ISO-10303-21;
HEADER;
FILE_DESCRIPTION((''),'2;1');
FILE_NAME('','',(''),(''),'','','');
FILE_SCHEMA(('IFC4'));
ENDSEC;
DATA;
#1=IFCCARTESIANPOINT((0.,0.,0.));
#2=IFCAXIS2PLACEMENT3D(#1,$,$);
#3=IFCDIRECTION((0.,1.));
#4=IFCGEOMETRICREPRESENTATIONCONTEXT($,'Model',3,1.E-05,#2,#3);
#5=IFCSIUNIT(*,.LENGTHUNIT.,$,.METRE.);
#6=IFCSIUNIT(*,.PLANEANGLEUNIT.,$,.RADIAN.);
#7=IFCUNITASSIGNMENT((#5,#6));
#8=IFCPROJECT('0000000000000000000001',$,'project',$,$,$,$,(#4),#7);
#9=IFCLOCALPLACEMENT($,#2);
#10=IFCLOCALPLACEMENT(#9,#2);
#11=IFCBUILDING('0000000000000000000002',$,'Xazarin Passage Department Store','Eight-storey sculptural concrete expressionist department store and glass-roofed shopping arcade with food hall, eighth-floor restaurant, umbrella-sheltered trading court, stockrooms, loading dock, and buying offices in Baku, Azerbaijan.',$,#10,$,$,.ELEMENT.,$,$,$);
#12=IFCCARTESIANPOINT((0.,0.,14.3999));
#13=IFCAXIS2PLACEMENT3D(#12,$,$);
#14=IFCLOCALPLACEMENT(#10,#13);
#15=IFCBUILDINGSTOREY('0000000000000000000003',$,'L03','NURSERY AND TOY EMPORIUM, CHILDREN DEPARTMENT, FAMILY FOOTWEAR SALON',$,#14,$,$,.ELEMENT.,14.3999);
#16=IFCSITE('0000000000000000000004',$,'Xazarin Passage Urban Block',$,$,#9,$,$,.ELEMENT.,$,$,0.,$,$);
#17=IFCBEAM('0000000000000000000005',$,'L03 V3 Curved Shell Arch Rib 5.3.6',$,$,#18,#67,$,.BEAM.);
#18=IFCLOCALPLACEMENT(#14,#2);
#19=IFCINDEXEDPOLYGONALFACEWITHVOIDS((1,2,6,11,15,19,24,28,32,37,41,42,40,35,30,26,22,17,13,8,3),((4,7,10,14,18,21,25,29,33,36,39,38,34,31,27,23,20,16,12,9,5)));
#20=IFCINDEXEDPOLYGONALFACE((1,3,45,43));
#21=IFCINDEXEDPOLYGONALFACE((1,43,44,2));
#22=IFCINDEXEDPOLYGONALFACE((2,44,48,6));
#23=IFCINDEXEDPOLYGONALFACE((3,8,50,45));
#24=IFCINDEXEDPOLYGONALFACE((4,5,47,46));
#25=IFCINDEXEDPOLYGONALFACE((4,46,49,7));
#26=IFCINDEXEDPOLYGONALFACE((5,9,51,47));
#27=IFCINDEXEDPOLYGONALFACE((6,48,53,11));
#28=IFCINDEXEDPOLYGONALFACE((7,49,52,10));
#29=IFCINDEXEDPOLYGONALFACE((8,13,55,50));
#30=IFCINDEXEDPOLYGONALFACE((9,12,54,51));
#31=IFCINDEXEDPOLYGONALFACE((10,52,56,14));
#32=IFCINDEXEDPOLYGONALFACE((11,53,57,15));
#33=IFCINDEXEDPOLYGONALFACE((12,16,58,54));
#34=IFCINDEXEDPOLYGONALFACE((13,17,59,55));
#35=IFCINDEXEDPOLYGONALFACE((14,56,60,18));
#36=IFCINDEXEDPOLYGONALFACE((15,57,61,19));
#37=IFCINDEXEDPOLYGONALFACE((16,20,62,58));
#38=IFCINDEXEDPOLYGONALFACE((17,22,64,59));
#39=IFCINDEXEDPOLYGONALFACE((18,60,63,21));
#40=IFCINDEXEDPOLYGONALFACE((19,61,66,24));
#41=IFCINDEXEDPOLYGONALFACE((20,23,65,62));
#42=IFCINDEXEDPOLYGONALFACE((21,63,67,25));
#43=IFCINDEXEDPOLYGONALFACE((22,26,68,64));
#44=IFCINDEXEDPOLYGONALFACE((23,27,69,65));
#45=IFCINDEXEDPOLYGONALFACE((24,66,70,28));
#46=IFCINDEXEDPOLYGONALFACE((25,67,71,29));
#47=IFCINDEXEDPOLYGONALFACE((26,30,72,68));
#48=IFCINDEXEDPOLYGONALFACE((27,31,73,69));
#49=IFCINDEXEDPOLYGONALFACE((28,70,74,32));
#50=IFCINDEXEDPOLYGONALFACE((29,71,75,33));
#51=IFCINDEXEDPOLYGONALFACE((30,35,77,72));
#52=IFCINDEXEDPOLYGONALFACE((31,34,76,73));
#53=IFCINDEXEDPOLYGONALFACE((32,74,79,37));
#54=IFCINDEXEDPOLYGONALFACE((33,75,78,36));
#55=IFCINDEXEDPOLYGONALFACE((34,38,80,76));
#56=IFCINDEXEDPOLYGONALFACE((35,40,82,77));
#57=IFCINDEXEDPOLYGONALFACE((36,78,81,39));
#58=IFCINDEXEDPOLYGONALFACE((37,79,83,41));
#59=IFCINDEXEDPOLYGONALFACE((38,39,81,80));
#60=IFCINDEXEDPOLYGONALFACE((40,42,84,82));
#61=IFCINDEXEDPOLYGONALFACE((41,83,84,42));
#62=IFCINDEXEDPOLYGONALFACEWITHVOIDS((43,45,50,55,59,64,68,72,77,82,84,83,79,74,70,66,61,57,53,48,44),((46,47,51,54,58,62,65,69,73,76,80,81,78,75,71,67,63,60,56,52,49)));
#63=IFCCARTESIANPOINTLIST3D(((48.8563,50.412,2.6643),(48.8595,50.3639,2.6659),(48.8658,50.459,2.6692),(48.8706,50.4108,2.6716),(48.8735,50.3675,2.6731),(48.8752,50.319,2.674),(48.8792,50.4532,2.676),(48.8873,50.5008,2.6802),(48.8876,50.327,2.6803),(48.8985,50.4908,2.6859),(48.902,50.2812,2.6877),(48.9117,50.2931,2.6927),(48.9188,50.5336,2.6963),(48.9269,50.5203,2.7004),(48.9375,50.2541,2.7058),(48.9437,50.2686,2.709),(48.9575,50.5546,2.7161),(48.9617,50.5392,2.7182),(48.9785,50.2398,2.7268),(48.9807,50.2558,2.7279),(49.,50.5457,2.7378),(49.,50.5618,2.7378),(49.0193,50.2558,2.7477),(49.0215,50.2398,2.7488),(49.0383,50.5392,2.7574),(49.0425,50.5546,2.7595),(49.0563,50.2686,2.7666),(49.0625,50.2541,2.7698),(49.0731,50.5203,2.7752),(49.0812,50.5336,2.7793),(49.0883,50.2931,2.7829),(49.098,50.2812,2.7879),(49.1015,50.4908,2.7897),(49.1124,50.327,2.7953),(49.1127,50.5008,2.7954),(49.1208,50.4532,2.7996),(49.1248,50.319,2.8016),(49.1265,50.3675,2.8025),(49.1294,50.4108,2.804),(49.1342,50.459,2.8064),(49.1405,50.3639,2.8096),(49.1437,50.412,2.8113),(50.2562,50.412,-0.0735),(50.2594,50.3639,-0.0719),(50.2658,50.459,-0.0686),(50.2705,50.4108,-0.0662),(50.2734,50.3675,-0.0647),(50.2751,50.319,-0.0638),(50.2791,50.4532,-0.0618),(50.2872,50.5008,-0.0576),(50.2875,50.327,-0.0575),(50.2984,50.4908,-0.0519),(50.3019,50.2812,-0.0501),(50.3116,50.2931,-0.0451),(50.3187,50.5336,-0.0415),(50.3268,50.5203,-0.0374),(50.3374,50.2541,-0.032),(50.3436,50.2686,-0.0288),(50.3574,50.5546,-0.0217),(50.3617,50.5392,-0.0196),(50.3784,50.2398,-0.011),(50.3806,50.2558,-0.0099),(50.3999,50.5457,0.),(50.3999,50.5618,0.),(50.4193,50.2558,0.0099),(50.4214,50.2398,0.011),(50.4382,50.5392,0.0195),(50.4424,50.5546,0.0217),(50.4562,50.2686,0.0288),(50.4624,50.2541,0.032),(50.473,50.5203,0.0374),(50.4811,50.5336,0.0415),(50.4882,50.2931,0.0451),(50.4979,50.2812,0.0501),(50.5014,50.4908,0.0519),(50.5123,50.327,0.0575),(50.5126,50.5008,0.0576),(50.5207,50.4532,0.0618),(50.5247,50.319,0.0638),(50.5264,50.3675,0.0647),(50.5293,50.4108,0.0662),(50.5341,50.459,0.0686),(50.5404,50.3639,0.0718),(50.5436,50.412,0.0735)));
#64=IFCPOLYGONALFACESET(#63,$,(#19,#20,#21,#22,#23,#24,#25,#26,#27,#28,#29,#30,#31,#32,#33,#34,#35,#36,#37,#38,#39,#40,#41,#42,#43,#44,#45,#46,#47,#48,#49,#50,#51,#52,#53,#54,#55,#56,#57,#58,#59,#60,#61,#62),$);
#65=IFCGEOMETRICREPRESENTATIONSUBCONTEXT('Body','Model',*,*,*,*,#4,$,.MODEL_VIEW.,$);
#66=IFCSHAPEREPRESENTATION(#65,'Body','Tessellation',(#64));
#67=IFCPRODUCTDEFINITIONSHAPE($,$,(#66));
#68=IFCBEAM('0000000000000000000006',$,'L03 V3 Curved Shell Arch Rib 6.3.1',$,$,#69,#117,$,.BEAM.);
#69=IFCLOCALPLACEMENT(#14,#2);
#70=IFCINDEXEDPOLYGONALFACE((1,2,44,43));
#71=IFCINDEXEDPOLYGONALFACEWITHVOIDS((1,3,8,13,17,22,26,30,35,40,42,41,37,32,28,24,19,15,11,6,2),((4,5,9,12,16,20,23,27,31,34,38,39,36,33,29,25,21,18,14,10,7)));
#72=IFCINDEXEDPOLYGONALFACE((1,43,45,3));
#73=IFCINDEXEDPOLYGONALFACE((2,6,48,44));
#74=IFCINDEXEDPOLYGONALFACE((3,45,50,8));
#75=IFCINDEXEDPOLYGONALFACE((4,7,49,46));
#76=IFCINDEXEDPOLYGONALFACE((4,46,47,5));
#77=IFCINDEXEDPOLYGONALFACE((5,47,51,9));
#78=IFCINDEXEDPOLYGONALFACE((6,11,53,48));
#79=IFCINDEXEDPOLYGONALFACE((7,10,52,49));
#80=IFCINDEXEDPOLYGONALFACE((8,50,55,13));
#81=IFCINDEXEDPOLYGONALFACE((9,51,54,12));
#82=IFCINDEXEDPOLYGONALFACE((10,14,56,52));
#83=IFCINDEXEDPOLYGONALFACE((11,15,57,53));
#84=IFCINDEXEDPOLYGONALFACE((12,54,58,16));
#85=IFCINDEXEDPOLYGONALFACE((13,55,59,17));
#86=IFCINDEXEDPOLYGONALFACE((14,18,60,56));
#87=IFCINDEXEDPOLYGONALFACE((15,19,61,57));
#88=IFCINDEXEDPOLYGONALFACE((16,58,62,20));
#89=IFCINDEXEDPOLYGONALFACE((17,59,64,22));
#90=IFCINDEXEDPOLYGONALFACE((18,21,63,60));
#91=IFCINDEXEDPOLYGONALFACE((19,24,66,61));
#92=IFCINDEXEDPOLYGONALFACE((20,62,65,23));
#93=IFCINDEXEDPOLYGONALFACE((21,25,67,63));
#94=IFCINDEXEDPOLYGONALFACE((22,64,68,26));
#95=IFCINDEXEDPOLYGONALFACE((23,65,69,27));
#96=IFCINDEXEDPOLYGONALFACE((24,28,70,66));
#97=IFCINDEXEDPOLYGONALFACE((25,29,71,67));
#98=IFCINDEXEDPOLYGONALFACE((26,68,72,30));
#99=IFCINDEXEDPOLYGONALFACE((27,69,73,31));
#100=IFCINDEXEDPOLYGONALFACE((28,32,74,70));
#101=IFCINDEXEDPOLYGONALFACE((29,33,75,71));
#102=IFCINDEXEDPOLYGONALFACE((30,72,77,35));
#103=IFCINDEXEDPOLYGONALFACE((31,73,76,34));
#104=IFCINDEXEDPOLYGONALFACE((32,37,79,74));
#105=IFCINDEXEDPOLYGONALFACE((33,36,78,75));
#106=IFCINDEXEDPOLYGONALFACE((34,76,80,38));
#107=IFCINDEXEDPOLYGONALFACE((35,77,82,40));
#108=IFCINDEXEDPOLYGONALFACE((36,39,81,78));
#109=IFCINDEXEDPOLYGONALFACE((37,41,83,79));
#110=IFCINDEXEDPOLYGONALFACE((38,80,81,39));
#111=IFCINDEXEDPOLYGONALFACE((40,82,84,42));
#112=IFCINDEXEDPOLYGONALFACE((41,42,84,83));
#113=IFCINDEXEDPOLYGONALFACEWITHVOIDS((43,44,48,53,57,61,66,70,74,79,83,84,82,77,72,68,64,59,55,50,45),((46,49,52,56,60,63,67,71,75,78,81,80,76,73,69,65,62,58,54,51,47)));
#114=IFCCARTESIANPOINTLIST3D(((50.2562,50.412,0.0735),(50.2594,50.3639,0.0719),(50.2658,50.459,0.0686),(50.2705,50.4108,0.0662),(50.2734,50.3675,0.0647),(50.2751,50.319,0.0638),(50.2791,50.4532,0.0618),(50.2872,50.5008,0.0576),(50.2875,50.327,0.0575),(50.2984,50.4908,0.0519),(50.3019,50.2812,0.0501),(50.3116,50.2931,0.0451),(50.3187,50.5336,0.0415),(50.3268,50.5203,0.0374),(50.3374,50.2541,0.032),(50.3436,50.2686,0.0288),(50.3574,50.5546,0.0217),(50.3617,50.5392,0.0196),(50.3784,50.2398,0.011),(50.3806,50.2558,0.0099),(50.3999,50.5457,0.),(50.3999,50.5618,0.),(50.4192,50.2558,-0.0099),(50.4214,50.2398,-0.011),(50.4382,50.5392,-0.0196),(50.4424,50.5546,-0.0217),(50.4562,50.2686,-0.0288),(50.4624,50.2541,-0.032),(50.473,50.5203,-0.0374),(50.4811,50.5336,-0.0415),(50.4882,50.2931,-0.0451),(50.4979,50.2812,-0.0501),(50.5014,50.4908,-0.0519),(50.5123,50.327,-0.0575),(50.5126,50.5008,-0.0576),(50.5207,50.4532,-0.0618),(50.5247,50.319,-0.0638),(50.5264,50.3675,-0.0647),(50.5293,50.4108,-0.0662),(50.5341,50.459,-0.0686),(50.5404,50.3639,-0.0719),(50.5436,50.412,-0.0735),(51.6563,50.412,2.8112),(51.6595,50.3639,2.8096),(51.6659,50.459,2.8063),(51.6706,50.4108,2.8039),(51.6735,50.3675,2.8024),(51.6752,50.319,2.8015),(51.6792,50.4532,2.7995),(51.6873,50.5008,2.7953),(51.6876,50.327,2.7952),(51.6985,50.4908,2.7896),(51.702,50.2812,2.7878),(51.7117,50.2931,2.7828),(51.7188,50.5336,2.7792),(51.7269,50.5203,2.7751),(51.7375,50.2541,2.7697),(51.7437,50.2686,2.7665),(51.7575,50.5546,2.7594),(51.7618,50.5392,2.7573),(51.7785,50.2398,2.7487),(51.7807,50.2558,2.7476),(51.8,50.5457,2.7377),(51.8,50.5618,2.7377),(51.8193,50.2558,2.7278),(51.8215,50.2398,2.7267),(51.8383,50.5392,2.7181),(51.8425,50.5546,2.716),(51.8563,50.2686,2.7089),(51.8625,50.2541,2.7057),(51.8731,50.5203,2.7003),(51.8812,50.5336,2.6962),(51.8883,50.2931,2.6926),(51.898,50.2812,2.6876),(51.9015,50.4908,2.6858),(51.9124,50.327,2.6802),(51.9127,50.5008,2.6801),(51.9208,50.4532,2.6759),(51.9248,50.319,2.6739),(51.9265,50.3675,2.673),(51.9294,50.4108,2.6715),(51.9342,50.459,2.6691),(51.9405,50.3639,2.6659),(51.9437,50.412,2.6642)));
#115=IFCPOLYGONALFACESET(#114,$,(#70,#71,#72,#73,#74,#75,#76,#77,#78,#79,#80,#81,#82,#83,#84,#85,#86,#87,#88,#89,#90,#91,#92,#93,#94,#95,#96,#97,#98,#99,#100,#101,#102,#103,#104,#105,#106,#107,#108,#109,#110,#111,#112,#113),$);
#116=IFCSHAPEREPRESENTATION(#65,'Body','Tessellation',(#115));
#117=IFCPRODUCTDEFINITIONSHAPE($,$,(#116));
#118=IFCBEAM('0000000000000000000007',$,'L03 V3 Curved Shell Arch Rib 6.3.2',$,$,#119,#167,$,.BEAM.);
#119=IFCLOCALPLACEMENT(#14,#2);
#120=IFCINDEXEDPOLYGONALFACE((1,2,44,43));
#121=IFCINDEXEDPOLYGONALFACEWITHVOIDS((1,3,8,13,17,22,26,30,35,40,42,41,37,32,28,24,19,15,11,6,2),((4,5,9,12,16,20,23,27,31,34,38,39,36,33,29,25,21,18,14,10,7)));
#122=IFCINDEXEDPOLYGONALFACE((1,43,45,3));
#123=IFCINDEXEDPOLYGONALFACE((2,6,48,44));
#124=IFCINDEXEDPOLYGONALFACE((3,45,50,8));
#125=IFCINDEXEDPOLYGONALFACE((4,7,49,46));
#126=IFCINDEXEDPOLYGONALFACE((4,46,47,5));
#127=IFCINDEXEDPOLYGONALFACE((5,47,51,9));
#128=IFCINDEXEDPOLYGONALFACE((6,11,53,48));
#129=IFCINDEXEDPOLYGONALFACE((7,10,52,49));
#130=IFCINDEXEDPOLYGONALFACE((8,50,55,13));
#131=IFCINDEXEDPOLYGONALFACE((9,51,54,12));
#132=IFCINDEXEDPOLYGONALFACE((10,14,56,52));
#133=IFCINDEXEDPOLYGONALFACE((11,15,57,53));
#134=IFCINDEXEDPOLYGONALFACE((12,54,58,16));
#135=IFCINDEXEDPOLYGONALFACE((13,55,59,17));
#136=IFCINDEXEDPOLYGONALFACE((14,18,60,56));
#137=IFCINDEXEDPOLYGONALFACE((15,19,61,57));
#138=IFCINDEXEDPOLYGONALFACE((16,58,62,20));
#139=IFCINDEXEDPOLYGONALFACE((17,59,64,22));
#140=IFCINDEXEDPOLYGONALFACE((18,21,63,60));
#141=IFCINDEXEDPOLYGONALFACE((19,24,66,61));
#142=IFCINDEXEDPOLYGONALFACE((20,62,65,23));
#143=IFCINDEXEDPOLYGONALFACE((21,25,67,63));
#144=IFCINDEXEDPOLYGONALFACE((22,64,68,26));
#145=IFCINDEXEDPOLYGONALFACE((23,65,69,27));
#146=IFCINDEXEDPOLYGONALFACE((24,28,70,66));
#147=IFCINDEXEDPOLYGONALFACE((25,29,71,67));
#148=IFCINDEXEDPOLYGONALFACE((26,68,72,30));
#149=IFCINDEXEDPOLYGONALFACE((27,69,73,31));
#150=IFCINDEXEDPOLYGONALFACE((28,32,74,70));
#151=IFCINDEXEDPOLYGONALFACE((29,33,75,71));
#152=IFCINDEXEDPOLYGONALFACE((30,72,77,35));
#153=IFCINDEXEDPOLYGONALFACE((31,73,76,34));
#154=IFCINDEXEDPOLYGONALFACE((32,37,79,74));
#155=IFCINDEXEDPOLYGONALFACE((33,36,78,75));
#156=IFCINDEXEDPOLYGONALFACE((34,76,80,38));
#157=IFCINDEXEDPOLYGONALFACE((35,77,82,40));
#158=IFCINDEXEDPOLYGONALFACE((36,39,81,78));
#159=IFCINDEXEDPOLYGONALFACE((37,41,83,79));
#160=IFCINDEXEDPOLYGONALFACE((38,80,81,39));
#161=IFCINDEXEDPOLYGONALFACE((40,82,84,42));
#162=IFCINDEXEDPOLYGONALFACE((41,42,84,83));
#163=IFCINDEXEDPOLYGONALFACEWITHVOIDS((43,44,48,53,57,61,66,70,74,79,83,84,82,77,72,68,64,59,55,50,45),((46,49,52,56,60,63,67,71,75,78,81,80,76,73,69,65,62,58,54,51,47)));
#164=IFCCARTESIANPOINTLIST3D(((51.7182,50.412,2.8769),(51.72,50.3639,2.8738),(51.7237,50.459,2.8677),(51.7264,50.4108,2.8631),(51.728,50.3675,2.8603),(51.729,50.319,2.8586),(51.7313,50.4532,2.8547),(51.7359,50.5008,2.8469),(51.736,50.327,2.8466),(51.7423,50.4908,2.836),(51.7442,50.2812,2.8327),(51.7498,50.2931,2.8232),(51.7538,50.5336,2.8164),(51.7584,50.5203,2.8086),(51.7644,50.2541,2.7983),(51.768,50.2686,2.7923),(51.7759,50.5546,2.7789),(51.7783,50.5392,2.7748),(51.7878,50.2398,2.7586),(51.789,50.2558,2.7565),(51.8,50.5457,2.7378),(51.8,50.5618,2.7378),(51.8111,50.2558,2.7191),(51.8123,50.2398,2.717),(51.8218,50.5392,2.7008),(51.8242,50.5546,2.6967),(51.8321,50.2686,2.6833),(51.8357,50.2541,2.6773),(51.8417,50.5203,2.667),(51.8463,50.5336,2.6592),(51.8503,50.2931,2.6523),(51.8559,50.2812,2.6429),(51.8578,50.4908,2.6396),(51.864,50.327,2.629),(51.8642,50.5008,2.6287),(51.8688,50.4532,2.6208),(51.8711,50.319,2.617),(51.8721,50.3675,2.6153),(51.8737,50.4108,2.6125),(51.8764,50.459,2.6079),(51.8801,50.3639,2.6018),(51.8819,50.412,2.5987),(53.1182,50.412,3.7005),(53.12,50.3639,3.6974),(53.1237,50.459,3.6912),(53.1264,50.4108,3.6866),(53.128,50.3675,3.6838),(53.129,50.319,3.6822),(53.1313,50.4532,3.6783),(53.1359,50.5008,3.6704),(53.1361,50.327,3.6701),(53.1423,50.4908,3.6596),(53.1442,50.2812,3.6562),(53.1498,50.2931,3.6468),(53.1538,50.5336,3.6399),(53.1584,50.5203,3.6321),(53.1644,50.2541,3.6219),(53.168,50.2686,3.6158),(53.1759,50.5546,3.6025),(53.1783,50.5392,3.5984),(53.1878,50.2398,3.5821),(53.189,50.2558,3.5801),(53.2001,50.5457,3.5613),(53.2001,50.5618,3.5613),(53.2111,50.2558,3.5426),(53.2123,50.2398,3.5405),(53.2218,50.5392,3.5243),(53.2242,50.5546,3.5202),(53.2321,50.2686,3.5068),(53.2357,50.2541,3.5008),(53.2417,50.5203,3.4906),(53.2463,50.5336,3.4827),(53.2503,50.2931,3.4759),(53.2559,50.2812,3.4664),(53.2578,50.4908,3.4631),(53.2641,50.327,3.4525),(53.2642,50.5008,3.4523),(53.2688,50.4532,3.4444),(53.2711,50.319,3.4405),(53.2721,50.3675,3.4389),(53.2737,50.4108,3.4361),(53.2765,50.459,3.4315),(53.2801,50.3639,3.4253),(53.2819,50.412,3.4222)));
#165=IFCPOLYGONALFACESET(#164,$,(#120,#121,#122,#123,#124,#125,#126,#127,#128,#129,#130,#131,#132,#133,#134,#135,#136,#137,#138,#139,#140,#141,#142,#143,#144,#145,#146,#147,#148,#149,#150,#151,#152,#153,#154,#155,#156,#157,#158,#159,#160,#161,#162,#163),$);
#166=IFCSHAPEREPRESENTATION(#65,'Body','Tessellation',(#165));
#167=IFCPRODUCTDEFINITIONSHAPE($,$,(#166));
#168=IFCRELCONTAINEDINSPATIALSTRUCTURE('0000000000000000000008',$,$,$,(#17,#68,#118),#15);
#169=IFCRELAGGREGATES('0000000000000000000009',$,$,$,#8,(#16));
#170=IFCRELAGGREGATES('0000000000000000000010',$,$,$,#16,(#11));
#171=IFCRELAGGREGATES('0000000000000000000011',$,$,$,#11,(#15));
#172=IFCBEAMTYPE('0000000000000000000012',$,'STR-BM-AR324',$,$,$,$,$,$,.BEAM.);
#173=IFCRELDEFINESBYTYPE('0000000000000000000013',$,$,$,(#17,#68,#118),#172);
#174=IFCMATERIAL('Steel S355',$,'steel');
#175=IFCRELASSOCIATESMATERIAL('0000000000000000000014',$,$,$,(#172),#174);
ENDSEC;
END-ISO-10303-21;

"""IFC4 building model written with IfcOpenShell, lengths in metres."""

from ifc_helpers import new_model, si_unit, direction, frame, origin, origin_2d, place, context, subcontext, project, spatial, hollow_circle, extrude, material, material_profile, profile_set, type_object, element, save


model = new_model("IFC4")

# Units and contexts
model_context = context("Model", 3, precision=1e-05, world=origin(), true_north=direction((0.0, 1.0)))
body_context = subcontext(model_context, "Body", "Model", "MODEL_VIEW")
ifc_project = project(units=[si_unit("LENGTHUNIT", "METRE"), si_unit("PLANEANGLEUNIT", "RADIAN")], contexts=[model_context])

# Site, building, storey
site_placement = place(None, origin())
site = spatial("IfcSite", under=ifc_project, at=site_placement, Name="Xazarin Passage Urban Block", CompositionType="ELEMENT", RefElevation=0.0)
building_placement = place(site_placement, origin())
building = spatial("IfcBuilding", under=site, at=building_placement, Name="Xazarin Passage Department Store", Description="Eight-storey sculptural concrete expressionist department store and glass-roofed shopping arcade with food hall, eighth-floor restaurant, umbrella-sheltered trading court, stockrooms, loading dock, and buying offices in Baku, Azerbaijan.", CompositionType="ELEMENT")
storey_placement = place(building_placement, frame((0.0, 0.0, 14.3999)))
storey = spatial("IfcBuildingStorey", under=building, at=storey_placement, Name="L03", Description="NURSERY AND TOY EMPORIUM, CHILDREN DEPARTMENT, FAMILY FOOTWEAR SALON", CompositionType="ELEMENT", Elevation=14.3999)

# Beams
ifc_material_1 = material(Name="Steel S355", Category="steel")
ifc_material_profile_1 = material_profile(ifc_material_1, hollow_circle(Radius=0.1619, WallThickness=0.0161, at=origin_2d()), Name="CHS 323.9x16")
ifc_profile_set_1 = profile_set([ifc_material_profile_1], Name="Steel S355")
beam_type_1 = type_object("IfcBeamType", Name="STR-BM-AR324", PredefinedType="BEAM", material=ifc_profile_set_1)
for number, where, z_axis, x_axis, name in (
    (1, (49.0, 50.3999, 2.7378), (0.455262, 0.0, -0.890357), (0.0, 1.0, 0.0), "L03 V3 Curved Shell Arch Rib 5.3.6"),
    (2, (50.3999, 50.3999, 0.0), (0.455325, 0.0, 0.890325), (0.0, 1.0, 0.0), "L03 V3 Curved Shell Arch Rib 6.3.1"),
):
    element("IfcBeam", number, at=place(storey_placement, frame(where, z_axis=z_axis, x_axis=x_axis)), inside=storey, type_object=beam_type_1, Name=name, PredefinedType="BEAM", context=body_context, shape_type="SweptSolid", body=[
        extrude(hollow_circle(Radius=0.1619, WallThickness=0.0161, at=origin_2d()), origin(), (0.0, 0.0, 1.0), 3.075),
    ])
beam_1_placement = place(storey_placement, frame((51.8, 50.3999, 2.7378), z_axis=(0.86193, 0.0, 0.507027), x_axis=(0.0, 1.0, 0.0)))
element("IfcBeam", 3, at=beam_1_placement, inside=storey, type_object=beam_type_1, Name="L03 V3 Curved Shell Arch Rib 6.3.2", PredefinedType="BEAM", context=body_context, shape_type="SweptSolid", body=[
    extrude(hollow_circle(Radius=0.1619, WallThickness=0.0161, at=origin_2d()), origin(), (0.0, 0.0, 1.0), 1.6243),
])

save(model, "model.ifc")
